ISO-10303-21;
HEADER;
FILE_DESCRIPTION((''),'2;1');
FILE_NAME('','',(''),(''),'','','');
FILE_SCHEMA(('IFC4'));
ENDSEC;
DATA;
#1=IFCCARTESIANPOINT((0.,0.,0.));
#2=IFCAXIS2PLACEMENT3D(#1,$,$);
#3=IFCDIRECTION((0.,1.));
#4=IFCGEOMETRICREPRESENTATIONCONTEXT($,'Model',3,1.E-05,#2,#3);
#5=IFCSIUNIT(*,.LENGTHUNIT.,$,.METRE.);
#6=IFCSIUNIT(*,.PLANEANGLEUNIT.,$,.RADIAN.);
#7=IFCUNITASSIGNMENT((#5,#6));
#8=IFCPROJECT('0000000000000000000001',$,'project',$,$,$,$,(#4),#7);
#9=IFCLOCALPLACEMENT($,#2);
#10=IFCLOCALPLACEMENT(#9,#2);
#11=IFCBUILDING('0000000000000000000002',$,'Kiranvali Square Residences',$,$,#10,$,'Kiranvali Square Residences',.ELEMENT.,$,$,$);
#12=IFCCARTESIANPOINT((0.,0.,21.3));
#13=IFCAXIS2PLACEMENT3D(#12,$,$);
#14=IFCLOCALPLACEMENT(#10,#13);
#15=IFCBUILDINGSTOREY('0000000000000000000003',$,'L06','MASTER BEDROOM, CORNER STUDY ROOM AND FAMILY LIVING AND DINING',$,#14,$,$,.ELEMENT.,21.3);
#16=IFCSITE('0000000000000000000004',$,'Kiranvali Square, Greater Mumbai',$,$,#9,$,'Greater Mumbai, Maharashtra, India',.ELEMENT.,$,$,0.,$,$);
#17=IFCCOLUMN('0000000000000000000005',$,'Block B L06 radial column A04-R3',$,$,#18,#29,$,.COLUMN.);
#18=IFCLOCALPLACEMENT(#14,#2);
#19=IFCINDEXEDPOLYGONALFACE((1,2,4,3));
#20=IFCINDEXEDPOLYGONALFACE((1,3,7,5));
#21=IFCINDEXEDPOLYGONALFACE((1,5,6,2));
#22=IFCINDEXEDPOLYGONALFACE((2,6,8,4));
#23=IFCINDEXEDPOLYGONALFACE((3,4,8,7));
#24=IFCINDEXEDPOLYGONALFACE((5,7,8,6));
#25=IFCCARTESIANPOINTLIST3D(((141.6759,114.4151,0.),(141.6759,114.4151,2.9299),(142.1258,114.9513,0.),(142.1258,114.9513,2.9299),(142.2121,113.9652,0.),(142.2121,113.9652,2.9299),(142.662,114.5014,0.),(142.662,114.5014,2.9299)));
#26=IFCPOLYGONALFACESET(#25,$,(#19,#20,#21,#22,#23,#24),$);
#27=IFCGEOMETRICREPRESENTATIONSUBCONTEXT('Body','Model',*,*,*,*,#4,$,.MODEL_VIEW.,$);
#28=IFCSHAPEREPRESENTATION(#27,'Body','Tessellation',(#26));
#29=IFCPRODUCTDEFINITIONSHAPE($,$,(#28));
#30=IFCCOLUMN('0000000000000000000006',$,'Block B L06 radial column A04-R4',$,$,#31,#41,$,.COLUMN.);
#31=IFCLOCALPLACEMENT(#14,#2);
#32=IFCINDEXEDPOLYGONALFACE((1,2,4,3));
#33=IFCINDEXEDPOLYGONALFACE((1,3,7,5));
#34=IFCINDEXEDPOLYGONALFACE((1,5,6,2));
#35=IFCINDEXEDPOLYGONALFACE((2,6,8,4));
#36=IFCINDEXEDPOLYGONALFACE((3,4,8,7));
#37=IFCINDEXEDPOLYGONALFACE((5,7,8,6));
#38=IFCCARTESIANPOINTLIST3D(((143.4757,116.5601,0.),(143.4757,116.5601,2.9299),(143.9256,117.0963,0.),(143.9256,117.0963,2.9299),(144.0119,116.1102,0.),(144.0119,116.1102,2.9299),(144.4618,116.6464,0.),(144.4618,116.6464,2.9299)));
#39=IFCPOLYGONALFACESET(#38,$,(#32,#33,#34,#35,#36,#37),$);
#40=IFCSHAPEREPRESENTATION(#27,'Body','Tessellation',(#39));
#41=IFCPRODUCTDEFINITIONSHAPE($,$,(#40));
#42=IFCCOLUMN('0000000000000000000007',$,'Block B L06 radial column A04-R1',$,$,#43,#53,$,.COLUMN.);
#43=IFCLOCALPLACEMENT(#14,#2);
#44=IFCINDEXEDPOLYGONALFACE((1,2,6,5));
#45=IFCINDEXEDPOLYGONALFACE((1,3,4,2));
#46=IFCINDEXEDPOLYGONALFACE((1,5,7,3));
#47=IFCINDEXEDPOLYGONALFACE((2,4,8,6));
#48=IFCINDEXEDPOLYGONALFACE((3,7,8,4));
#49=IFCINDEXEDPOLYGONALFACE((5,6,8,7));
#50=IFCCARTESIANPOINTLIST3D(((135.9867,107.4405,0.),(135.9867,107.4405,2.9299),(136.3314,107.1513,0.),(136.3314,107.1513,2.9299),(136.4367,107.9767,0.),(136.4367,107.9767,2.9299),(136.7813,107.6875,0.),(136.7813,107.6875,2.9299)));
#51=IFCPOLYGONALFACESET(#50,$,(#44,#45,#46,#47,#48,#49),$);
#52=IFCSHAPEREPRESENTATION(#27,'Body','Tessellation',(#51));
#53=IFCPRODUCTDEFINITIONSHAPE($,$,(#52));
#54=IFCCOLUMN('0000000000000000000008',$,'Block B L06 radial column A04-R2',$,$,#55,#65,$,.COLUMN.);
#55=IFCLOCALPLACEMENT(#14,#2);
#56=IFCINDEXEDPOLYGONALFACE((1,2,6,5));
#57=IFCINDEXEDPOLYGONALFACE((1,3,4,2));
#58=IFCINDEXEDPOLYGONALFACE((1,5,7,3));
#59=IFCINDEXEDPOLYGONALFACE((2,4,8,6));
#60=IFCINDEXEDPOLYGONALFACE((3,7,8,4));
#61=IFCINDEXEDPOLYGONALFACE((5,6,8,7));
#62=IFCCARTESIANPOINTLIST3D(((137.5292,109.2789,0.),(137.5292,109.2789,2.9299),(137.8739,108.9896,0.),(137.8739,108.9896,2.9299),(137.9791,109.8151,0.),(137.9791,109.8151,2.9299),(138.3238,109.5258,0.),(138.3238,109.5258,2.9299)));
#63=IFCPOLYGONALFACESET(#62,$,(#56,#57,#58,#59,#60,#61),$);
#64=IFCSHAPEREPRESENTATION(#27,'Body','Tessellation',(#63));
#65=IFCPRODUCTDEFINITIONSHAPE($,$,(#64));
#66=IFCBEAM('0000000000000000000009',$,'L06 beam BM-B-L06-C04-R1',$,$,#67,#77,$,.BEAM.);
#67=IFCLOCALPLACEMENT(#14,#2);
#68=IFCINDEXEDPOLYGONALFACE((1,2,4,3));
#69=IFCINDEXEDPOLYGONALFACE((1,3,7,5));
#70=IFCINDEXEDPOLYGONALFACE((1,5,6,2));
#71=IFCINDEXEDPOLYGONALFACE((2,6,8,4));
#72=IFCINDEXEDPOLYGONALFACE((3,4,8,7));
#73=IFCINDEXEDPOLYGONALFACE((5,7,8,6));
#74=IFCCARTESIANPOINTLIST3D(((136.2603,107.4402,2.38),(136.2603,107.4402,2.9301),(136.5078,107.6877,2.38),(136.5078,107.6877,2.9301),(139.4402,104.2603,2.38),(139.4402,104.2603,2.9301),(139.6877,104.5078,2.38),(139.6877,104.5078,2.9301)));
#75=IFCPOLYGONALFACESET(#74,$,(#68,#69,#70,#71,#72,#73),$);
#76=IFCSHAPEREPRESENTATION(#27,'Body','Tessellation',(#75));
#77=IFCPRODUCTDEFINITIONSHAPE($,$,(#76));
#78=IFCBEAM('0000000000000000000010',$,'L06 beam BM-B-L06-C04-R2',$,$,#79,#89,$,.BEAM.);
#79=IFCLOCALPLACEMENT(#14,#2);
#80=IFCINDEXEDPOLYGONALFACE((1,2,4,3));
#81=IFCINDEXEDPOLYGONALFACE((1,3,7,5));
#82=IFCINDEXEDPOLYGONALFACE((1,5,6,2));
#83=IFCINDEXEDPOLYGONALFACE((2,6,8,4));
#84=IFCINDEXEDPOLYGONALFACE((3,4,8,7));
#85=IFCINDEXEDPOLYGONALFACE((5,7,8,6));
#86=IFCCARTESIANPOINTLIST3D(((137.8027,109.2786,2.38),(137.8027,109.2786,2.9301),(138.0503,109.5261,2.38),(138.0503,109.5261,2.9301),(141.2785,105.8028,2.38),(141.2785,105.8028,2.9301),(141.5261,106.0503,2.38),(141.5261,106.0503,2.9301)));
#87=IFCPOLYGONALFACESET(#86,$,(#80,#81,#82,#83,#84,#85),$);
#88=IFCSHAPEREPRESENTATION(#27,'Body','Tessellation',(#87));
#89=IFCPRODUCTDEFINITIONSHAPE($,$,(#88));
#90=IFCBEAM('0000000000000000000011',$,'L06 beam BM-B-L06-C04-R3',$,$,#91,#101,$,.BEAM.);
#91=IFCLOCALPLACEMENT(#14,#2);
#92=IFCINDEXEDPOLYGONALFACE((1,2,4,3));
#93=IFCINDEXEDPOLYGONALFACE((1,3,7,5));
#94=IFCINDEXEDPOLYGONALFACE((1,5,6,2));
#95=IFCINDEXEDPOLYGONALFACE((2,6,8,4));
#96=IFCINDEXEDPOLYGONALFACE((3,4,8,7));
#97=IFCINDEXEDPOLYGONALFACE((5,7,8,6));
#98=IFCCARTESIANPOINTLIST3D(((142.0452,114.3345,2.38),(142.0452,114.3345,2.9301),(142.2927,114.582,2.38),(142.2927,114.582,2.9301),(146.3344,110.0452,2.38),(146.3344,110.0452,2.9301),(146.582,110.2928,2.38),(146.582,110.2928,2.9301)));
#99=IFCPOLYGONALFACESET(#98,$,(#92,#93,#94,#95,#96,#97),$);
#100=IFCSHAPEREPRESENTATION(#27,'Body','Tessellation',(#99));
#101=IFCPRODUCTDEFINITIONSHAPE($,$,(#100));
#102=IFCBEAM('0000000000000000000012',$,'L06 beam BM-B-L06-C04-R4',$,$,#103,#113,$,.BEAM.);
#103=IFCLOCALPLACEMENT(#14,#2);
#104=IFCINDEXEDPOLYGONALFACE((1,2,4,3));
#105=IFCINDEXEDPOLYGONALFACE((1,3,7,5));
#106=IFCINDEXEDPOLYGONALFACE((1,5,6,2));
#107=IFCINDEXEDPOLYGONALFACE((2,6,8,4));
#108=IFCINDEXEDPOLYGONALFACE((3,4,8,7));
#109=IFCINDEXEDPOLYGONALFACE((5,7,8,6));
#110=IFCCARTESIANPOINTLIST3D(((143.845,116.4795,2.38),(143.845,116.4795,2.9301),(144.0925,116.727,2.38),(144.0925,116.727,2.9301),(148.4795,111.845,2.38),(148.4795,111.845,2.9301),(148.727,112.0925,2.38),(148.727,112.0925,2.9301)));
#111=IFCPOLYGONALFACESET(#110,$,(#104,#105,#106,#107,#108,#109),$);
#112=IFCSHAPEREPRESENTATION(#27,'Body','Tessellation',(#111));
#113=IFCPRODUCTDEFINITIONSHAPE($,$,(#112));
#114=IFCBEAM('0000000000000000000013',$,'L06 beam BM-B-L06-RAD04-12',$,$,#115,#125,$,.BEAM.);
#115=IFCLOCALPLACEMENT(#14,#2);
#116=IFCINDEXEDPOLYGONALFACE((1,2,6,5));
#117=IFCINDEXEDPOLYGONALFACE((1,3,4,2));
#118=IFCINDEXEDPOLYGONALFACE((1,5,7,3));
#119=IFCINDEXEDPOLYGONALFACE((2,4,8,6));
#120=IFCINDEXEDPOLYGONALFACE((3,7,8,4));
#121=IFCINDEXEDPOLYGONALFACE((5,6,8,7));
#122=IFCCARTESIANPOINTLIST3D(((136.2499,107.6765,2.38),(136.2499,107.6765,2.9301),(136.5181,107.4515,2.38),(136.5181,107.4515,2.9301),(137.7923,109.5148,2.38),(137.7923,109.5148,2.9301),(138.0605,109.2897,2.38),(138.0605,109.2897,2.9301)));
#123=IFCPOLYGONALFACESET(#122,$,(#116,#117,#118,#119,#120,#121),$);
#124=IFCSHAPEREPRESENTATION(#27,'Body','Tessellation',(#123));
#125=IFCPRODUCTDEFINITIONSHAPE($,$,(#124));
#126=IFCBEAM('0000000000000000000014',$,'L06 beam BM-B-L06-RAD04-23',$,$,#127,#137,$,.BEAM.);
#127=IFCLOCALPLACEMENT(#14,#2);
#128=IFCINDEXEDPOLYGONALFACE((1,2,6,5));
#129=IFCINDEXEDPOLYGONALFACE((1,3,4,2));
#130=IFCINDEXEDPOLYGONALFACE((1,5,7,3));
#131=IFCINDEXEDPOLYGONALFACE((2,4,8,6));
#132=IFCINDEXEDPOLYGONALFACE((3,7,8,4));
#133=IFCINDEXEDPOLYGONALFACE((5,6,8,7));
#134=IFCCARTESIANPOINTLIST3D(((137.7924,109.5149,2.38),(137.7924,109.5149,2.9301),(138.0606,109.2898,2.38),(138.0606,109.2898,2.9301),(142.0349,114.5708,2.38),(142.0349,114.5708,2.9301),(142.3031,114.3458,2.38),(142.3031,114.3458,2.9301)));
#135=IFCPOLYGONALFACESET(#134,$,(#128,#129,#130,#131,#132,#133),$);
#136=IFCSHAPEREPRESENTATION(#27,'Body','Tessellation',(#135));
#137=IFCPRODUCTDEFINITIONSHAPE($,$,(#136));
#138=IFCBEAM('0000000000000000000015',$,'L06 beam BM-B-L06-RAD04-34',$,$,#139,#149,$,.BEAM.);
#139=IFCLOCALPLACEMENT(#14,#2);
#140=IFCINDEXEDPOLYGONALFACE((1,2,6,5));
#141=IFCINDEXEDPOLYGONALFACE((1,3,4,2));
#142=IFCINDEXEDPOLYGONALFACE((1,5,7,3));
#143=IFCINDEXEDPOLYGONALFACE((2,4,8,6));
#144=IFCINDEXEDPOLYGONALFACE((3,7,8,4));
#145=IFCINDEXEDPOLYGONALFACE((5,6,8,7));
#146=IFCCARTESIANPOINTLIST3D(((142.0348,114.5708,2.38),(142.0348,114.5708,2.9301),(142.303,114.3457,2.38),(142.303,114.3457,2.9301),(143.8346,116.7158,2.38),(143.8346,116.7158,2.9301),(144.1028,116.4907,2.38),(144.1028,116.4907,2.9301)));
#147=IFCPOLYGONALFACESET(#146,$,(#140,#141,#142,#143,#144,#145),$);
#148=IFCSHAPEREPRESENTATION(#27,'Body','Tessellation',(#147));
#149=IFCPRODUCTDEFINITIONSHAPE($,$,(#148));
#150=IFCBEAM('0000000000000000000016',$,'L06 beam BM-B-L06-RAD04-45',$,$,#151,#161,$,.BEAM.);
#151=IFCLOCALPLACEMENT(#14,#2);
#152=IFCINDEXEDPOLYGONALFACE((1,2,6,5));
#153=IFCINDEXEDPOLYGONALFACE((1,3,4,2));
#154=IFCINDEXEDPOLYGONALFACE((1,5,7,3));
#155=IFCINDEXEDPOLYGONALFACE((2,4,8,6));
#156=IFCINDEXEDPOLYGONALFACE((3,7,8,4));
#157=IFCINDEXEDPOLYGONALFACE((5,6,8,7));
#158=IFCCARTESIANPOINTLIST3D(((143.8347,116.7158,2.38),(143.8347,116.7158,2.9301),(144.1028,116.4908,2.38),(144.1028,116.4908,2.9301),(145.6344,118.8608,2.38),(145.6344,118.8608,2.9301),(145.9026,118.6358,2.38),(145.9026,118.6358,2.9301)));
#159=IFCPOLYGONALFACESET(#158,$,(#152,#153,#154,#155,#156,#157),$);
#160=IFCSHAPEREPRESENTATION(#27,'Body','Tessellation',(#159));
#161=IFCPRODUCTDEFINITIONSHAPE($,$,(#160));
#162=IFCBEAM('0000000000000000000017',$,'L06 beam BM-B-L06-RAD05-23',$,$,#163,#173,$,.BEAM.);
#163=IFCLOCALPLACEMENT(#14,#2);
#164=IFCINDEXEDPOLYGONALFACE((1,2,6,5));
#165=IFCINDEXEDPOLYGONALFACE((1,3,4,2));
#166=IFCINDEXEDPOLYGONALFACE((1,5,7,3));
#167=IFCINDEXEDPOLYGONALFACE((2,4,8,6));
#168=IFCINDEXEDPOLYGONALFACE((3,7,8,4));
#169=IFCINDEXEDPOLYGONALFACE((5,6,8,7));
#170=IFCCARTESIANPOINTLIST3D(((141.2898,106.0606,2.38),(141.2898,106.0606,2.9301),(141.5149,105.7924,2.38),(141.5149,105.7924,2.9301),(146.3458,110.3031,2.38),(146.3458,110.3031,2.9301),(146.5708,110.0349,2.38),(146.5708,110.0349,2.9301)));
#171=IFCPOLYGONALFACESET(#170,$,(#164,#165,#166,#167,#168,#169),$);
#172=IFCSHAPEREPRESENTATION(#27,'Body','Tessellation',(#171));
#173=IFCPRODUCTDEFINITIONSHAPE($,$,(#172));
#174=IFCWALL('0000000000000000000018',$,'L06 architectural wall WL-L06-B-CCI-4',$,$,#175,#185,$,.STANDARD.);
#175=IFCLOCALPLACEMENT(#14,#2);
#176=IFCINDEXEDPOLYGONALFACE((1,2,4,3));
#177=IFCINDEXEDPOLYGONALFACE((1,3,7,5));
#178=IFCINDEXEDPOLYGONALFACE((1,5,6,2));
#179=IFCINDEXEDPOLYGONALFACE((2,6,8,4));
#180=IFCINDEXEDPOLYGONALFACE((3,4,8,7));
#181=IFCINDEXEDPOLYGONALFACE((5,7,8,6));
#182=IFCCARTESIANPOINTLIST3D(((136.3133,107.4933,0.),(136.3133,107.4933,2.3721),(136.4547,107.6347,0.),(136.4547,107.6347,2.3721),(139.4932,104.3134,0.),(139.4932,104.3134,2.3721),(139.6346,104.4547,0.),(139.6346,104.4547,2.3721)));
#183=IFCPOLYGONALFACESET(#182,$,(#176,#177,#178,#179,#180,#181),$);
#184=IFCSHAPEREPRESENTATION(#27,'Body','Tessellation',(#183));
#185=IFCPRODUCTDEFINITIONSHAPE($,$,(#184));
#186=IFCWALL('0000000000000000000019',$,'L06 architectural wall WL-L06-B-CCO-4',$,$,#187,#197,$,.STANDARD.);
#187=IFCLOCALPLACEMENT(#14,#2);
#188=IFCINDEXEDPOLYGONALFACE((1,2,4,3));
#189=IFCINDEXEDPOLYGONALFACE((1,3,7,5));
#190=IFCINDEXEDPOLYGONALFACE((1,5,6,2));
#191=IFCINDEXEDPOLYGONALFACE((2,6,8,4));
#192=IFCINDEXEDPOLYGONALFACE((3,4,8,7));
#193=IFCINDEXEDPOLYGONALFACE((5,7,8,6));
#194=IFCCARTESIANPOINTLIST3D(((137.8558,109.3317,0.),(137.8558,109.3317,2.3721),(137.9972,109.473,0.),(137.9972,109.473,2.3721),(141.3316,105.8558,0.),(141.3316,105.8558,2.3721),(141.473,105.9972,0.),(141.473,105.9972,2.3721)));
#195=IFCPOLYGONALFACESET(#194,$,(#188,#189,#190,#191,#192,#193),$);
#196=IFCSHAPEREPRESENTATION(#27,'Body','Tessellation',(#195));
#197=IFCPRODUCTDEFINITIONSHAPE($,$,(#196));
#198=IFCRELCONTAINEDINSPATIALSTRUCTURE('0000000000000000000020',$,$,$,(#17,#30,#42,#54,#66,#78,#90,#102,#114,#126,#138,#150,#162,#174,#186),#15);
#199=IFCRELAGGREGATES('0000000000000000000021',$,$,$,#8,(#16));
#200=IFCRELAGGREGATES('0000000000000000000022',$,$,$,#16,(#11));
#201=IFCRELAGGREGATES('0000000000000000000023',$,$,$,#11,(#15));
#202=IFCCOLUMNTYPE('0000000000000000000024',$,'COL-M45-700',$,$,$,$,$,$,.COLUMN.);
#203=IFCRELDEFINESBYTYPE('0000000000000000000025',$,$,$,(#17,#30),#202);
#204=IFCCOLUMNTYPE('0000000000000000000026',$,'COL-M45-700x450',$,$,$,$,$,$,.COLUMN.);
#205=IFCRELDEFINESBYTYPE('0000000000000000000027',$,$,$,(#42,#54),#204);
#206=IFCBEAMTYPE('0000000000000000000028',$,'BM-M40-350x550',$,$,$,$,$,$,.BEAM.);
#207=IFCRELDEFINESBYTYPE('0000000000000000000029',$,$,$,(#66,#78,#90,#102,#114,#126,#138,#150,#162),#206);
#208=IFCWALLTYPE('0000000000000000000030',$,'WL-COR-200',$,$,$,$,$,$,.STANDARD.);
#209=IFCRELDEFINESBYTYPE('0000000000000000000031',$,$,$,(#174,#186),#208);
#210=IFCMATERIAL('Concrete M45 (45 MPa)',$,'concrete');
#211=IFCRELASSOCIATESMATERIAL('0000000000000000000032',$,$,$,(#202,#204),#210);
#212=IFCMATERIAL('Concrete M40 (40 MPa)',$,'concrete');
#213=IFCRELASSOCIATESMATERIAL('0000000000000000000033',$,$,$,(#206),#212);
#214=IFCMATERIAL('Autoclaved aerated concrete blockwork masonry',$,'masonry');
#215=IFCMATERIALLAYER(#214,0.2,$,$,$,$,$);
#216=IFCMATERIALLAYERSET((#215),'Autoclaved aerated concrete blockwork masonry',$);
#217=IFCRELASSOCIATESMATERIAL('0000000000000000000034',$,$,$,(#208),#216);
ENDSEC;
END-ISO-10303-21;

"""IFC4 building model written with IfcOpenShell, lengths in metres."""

from ifc_helpers import new_model, si_unit, direction, frame, frame_2d, origin, origin_2d, place, context, subcontext, project, spatial, rectangle, extrude, material, layer, layer_set, material_profile, profile_set, type_object, element, save


model = new_model("IFC4")

# Units and contexts
model_context = context("Model", 3, precision=1e-05, world=origin(), true_north=direction((0.0, 1.0)))
body_context = subcontext(model_context, "Body", "Model", "MODEL_VIEW")
ifc_project = project(units=[si_unit("LENGTHUNIT", "METRE"), si_unit("PLANEANGLEUNIT", "RADIAN")], contexts=[model_context])

# Site, building, storey
site_placement = place(None, origin())
site = spatial("IfcSite", under=ifc_project, at=site_placement, Name="Kiranvali Square, Greater Mumbai", LongName="Greater Mumbai, Maharashtra, India", CompositionType="ELEMENT", RefElevation=0.0)
building_placement = place(site_placement, origin())
building = spatial("IfcBuilding", under=site, at=building_placement, Name="Kiranvali Square Residences", LongName="Kiranvali Square Residences", CompositionType="ELEMENT")
storey_placement = place(building_placement, frame((0.0, 0.0, 21.3)))
storey = spatial("IfcBuildingStorey", under=building, at=storey_placement, Name="L06", Description="MASTER BEDROOM, CORNER STUDY ROOM AND FAMILY LIVING AND DINING", CompositionType="ELEMENT", Elevation=21.3)

# Columns
ifc_material_1 = material(Name="Concrete M45 (45 MPa)", Category="concrete")
ifc_material_profile_1 = material_profile(ifc_material_1, rectangle(XDim=0.7, YDim=0.7, at=origin_2d()), Name="RC 700x700")
ifc_profile_set_1 = profile_set([ifc_material_profile_1], Name="Concrete M45 (45 MPa)")
column_type_1 = type_object("IfcColumnType", Name="COL-M45-700", PredefinedType="COLUMN", material=ifc_profile_set_1)
for number, where, z_axis, x_axis, name in (
    (1, (142.1689, 114.4583, 0.0), (0.0, 0.0, 1.0), (-0.766044, 0.642788, 0.0), "Block B L06 radial column A04-R3"),
    (2, (143.9688, 116.6033, 0.0), (0.0, 0.0, 1.0), (-0.766044, 0.642788, 0.0), "Block B L06 radial column A04-R4"),
):
    element("IfcColumn", number, at=place(storey_placement, frame(where, z_axis=z_axis, x_axis=x_axis)), inside=storey, type_object=column_type_1, Name=name, PredefinedType="COLUMN", context=body_context, shape_type="SweptSolid", body=[
        extrude(rectangle(XDim=0.7, YDim=0.7, at=origin_2d()), origin(), (0.0, 0.0, 1.0), 2.9299),
    ])
ifc_material_profile_2 = material_profile(ifc_material_1, rectangle(XDim=0.45, YDim=0.7, at=origin_2d()), Name="RC 700x450")
ifc_profile_set_2 = profile_set([ifc_material_profile_2], Name="Concrete M45 (45 MPa)")
column_type_2 = type_object("IfcColumnType", Name="COL-M45-700x450", PredefinedType="COLUMN", material=ifc_profile_set_2)
for number, where, z_axis, x_axis, name in (
    (3, (136.384, 107.564, 0.0), (0.0, 0.0, 1.0), (-0.766044, 0.642788, 0.0), "Block B L06 radial column A04-R1"),
    (4, (137.9265, 109.4023, 0.0), (0.0, 0.0, 1.0), (-0.766044, 0.642788, 0.0), "Block B L06 radial column A04-R2"),
):
    element("IfcColumn", number, at=place(storey_placement, frame(where, z_axis=z_axis, x_axis=x_axis)), inside=storey, type_object=column_type_2, Name=name, PredefinedType="COLUMN", context=body_context, shape_type="SweptSolid", body=[
        extrude(rectangle(XDim=0.45, YDim=0.7, at=origin_2d()), origin(), (0.0, 0.0, 1.0), 2.9299),
    ])

# Beams
ifc_material_2 = material(Name="Concrete M40 (40 MPa)", Category="concrete")
ifc_material_profile_3 = material_profile(ifc_material_2, rectangle(XDim=0.3501, YDim=0.55, at=origin_2d()), Name="RC 350x550")
ifc_profile_set_3 = profile_set([ifc_material_profile_3], Name="Concrete M40 (40 MPa)")
beam_type = type_object("IfcBeamType", Name="BM-M40-350x550", PredefinedType="BEAM", material=ifc_profile_set_3)
beam_1_placement = place(storey_placement, frame((136.384, 107.564, 2.655), z_axis=(0.707107, -0.707107, 0.0), x_axis=(0.707107, 0.707107, 0.0)))
element("IfcBeam", 5, at=beam_1_placement, inside=storey, type_object=beam_type, Name="L06 beam BM-B-L06-C04-R1", PredefinedType="BEAM", context=body_context, shape_type="SweptSolid", body=[
    extrude(rectangle(XDim=0.3501, YDim=0.55, at=origin_2d()), origin(), (0.0, 0.0, 1.0), 4.4971),
])
beam_2_placement = place(storey_placement, frame((137.9265, 109.4023, 2.655), z_axis=(0.707107, -0.707107, 0.0), x_axis=(0.707107, 0.707107, 0.0)))
element("IfcBeam", 6, at=beam_2_placement, inside=storey, type_object=beam_type, Name="L06 beam BM-B-L06-C04-R2", PredefinedType="BEAM", context=body_context, shape_type="SweptSolid", body=[
    extrude(rectangle(XDim=0.3501, YDim=0.55, at=origin_2d()), origin(), (0.0, 0.0, 1.0), 4.9155),
])
beam_3_placement = place(storey_placement, frame((142.1689, 114.4583, 2.655), z_axis=(0.707107, -0.707107, 0.0), x_axis=(0.707107, 0.707107, 0.0)))
element("IfcBeam", 7, at=beam_3_placement, inside=storey, type_object=beam_type, Name="L06 beam BM-B-L06-C04-R3", PredefinedType="BEAM", context=body_context, shape_type="SweptSolid", body=[
    extrude(rectangle(XDim=0.3501, YDim=0.55, at=origin_2d()), origin(), (0.0, 0.0, 1.0), 6.0659),
])
beam_4_placement = place(storey_placement, frame((143.9688, 116.6033, 2.655), z_axis=(0.707107, -0.707107, 0.0), x_axis=(0.707107, 0.707107, 0.0)))
element("IfcBeam", 8, at=beam_4_placement, inside=storey, type_object=beam_type, Name="L06 beam BM-B-L06-C04-R4", PredefinedType="BEAM", context=body_context, shape_type="SweptSolid", body=[
    extrude(rectangle(XDim=0.3501, YDim=0.55, at=origin_2d()), origin(), (0.0, 0.0, 1.0), 6.5542),
])
beam_5_placement = place(storey_placement, frame((136.384, 107.564, 2.655), z_axis=(0.642763, 0.766065, 0.0), x_axis=(-0.766065, 0.642763, 0.0)))
element("IfcBeam", 9, at=beam_5_placement, inside=storey, type_object=beam_type, Name="L06 beam BM-B-L06-RAD04-12", PredefinedType="BEAM", context=body_context, shape_type="SweptSolid", body=[
    extrude(rectangle(XDim=0.3501, YDim=0.55, at=origin_2d()), origin(), (0.0, 0.0, 1.0), 2.3997),
])
beam_6_placement = place(storey_placement, frame((137.9265, 109.4023, 2.655), z_axis=(0.642789, 0.766043, 0.0), x_axis=(-0.766043, 0.642789, 0.0)))
element("IfcBeam", 10, at=beam_6_placement, inside=storey, type_object=beam_type, Name="L06 beam BM-B-L06-RAD04-23", PredefinedType="BEAM", context=body_context, shape_type="SweptSolid", body=[
    extrude(rectangle(XDim=0.3501, YDim=0.55, at=origin_2d()), origin(), (0.0, 0.0, 1.0), 6.6001),
])
for number, where, z_axis, x_axis, name in (
    (11, (142.1689, 114.4583, 2.655), (0.642771, 0.766059, 0.0), (-0.766059, 0.642771, 0.0), "L06 beam BM-B-L06-RAD04-34"),
    (12, (143.9688, 116.6033, 2.655), (0.642771, 0.766059, 0.0), (-0.766059, 0.642771, 0.0), "L06 beam BM-B-L06-RAD04-45"),
):
    element("IfcBeam", number, at=place(storey_placement, frame(where, z_axis=z_axis, x_axis=x_axis)), inside=storey, type_object=beam_type, Name=name, PredefinedType="BEAM", context=body_context, shape_type="SweptSolid", body=[
        extrude(rectangle(XDim=0.3501, YDim=0.55, at=origin_2d()), origin(), (0.0, 0.0, 1.0), 2.8),
    ])
beam_7_placement = place(storey_placement, frame((141.4023, 105.9265, 2.655), z_axis=(0.766043, 0.642789, 0.0), x_axis=(-0.642789, 0.766043, 0.0)))
element("IfcBeam", 13, at=beam_7_placement, inside=storey, type_object=beam_type, Name="L06 beam BM-B-L06-RAD05-23", PredefinedType="BEAM", context=body_context, shape_type="SweptSolid", body=[
    extrude(rectangle(XDim=0.3501, YDim=0.55, at=origin_2d()), origin(), (0.0, 0.0, 1.0), 6.6001),
])

# Walls
ifc_material_3 = material(Name="Autoclaved aerated concrete blockwork masonry", Category="masonry")
ifc_layer_1 = layer(ifc_material_3, 0.2)
ifc_layer_set_1 = layer_set([ifc_layer_1], Name="Autoclaved aerated concrete blockwork masonry")
wall_type_1 = type_object("IfcWallType", Name="WL-COR-200", PredefinedType="STANDARD", material=ifc_layer_set_1)
wall_1_placement = place(storey_placement, frame((136.384, 107.564, 0.0), z_axis=(0.0, 0.0, 1.0), x_axis=(0.707107, -0.707107, 0.0)))
element("IfcWall", 14, at=wall_1_placement, inside=storey, type_object=wall_type_1, Name="L06 architectural wall WL-L06-B-CCI-4", PredefinedType="STANDARD", context=body_context, shape_type="SweptSolid", body=[
    extrude(rectangle(XDim=4.4971, YDim=0.2, at=frame_2d((2.2485, 0.0))), origin(), (0.0, 0.0, 1.0), 2.3721),
])
wall_2_placement = place(storey_placement, frame((137.9265, 109.4023, 0.0), z_axis=(0.0, 0.0, 1.0), x_axis=(0.707107, -0.707107, 0.0)))
element("IfcWall", 15, at=wall_2_placement, inside=storey, type_object=wall_type_1, Name="L06 architectural wall WL-L06-B-CCO-4", PredefinedType="STANDARD", context=body_context, shape_type="SweptSolid", body=[
    extrude(rectangle(XDim=4.9155, YDim=0.2, at=frame_2d((2.4578, 0.0))), origin(), (0.0, 0.0, 1.0), 2.3721),
])

save(model, "model.ifc")
